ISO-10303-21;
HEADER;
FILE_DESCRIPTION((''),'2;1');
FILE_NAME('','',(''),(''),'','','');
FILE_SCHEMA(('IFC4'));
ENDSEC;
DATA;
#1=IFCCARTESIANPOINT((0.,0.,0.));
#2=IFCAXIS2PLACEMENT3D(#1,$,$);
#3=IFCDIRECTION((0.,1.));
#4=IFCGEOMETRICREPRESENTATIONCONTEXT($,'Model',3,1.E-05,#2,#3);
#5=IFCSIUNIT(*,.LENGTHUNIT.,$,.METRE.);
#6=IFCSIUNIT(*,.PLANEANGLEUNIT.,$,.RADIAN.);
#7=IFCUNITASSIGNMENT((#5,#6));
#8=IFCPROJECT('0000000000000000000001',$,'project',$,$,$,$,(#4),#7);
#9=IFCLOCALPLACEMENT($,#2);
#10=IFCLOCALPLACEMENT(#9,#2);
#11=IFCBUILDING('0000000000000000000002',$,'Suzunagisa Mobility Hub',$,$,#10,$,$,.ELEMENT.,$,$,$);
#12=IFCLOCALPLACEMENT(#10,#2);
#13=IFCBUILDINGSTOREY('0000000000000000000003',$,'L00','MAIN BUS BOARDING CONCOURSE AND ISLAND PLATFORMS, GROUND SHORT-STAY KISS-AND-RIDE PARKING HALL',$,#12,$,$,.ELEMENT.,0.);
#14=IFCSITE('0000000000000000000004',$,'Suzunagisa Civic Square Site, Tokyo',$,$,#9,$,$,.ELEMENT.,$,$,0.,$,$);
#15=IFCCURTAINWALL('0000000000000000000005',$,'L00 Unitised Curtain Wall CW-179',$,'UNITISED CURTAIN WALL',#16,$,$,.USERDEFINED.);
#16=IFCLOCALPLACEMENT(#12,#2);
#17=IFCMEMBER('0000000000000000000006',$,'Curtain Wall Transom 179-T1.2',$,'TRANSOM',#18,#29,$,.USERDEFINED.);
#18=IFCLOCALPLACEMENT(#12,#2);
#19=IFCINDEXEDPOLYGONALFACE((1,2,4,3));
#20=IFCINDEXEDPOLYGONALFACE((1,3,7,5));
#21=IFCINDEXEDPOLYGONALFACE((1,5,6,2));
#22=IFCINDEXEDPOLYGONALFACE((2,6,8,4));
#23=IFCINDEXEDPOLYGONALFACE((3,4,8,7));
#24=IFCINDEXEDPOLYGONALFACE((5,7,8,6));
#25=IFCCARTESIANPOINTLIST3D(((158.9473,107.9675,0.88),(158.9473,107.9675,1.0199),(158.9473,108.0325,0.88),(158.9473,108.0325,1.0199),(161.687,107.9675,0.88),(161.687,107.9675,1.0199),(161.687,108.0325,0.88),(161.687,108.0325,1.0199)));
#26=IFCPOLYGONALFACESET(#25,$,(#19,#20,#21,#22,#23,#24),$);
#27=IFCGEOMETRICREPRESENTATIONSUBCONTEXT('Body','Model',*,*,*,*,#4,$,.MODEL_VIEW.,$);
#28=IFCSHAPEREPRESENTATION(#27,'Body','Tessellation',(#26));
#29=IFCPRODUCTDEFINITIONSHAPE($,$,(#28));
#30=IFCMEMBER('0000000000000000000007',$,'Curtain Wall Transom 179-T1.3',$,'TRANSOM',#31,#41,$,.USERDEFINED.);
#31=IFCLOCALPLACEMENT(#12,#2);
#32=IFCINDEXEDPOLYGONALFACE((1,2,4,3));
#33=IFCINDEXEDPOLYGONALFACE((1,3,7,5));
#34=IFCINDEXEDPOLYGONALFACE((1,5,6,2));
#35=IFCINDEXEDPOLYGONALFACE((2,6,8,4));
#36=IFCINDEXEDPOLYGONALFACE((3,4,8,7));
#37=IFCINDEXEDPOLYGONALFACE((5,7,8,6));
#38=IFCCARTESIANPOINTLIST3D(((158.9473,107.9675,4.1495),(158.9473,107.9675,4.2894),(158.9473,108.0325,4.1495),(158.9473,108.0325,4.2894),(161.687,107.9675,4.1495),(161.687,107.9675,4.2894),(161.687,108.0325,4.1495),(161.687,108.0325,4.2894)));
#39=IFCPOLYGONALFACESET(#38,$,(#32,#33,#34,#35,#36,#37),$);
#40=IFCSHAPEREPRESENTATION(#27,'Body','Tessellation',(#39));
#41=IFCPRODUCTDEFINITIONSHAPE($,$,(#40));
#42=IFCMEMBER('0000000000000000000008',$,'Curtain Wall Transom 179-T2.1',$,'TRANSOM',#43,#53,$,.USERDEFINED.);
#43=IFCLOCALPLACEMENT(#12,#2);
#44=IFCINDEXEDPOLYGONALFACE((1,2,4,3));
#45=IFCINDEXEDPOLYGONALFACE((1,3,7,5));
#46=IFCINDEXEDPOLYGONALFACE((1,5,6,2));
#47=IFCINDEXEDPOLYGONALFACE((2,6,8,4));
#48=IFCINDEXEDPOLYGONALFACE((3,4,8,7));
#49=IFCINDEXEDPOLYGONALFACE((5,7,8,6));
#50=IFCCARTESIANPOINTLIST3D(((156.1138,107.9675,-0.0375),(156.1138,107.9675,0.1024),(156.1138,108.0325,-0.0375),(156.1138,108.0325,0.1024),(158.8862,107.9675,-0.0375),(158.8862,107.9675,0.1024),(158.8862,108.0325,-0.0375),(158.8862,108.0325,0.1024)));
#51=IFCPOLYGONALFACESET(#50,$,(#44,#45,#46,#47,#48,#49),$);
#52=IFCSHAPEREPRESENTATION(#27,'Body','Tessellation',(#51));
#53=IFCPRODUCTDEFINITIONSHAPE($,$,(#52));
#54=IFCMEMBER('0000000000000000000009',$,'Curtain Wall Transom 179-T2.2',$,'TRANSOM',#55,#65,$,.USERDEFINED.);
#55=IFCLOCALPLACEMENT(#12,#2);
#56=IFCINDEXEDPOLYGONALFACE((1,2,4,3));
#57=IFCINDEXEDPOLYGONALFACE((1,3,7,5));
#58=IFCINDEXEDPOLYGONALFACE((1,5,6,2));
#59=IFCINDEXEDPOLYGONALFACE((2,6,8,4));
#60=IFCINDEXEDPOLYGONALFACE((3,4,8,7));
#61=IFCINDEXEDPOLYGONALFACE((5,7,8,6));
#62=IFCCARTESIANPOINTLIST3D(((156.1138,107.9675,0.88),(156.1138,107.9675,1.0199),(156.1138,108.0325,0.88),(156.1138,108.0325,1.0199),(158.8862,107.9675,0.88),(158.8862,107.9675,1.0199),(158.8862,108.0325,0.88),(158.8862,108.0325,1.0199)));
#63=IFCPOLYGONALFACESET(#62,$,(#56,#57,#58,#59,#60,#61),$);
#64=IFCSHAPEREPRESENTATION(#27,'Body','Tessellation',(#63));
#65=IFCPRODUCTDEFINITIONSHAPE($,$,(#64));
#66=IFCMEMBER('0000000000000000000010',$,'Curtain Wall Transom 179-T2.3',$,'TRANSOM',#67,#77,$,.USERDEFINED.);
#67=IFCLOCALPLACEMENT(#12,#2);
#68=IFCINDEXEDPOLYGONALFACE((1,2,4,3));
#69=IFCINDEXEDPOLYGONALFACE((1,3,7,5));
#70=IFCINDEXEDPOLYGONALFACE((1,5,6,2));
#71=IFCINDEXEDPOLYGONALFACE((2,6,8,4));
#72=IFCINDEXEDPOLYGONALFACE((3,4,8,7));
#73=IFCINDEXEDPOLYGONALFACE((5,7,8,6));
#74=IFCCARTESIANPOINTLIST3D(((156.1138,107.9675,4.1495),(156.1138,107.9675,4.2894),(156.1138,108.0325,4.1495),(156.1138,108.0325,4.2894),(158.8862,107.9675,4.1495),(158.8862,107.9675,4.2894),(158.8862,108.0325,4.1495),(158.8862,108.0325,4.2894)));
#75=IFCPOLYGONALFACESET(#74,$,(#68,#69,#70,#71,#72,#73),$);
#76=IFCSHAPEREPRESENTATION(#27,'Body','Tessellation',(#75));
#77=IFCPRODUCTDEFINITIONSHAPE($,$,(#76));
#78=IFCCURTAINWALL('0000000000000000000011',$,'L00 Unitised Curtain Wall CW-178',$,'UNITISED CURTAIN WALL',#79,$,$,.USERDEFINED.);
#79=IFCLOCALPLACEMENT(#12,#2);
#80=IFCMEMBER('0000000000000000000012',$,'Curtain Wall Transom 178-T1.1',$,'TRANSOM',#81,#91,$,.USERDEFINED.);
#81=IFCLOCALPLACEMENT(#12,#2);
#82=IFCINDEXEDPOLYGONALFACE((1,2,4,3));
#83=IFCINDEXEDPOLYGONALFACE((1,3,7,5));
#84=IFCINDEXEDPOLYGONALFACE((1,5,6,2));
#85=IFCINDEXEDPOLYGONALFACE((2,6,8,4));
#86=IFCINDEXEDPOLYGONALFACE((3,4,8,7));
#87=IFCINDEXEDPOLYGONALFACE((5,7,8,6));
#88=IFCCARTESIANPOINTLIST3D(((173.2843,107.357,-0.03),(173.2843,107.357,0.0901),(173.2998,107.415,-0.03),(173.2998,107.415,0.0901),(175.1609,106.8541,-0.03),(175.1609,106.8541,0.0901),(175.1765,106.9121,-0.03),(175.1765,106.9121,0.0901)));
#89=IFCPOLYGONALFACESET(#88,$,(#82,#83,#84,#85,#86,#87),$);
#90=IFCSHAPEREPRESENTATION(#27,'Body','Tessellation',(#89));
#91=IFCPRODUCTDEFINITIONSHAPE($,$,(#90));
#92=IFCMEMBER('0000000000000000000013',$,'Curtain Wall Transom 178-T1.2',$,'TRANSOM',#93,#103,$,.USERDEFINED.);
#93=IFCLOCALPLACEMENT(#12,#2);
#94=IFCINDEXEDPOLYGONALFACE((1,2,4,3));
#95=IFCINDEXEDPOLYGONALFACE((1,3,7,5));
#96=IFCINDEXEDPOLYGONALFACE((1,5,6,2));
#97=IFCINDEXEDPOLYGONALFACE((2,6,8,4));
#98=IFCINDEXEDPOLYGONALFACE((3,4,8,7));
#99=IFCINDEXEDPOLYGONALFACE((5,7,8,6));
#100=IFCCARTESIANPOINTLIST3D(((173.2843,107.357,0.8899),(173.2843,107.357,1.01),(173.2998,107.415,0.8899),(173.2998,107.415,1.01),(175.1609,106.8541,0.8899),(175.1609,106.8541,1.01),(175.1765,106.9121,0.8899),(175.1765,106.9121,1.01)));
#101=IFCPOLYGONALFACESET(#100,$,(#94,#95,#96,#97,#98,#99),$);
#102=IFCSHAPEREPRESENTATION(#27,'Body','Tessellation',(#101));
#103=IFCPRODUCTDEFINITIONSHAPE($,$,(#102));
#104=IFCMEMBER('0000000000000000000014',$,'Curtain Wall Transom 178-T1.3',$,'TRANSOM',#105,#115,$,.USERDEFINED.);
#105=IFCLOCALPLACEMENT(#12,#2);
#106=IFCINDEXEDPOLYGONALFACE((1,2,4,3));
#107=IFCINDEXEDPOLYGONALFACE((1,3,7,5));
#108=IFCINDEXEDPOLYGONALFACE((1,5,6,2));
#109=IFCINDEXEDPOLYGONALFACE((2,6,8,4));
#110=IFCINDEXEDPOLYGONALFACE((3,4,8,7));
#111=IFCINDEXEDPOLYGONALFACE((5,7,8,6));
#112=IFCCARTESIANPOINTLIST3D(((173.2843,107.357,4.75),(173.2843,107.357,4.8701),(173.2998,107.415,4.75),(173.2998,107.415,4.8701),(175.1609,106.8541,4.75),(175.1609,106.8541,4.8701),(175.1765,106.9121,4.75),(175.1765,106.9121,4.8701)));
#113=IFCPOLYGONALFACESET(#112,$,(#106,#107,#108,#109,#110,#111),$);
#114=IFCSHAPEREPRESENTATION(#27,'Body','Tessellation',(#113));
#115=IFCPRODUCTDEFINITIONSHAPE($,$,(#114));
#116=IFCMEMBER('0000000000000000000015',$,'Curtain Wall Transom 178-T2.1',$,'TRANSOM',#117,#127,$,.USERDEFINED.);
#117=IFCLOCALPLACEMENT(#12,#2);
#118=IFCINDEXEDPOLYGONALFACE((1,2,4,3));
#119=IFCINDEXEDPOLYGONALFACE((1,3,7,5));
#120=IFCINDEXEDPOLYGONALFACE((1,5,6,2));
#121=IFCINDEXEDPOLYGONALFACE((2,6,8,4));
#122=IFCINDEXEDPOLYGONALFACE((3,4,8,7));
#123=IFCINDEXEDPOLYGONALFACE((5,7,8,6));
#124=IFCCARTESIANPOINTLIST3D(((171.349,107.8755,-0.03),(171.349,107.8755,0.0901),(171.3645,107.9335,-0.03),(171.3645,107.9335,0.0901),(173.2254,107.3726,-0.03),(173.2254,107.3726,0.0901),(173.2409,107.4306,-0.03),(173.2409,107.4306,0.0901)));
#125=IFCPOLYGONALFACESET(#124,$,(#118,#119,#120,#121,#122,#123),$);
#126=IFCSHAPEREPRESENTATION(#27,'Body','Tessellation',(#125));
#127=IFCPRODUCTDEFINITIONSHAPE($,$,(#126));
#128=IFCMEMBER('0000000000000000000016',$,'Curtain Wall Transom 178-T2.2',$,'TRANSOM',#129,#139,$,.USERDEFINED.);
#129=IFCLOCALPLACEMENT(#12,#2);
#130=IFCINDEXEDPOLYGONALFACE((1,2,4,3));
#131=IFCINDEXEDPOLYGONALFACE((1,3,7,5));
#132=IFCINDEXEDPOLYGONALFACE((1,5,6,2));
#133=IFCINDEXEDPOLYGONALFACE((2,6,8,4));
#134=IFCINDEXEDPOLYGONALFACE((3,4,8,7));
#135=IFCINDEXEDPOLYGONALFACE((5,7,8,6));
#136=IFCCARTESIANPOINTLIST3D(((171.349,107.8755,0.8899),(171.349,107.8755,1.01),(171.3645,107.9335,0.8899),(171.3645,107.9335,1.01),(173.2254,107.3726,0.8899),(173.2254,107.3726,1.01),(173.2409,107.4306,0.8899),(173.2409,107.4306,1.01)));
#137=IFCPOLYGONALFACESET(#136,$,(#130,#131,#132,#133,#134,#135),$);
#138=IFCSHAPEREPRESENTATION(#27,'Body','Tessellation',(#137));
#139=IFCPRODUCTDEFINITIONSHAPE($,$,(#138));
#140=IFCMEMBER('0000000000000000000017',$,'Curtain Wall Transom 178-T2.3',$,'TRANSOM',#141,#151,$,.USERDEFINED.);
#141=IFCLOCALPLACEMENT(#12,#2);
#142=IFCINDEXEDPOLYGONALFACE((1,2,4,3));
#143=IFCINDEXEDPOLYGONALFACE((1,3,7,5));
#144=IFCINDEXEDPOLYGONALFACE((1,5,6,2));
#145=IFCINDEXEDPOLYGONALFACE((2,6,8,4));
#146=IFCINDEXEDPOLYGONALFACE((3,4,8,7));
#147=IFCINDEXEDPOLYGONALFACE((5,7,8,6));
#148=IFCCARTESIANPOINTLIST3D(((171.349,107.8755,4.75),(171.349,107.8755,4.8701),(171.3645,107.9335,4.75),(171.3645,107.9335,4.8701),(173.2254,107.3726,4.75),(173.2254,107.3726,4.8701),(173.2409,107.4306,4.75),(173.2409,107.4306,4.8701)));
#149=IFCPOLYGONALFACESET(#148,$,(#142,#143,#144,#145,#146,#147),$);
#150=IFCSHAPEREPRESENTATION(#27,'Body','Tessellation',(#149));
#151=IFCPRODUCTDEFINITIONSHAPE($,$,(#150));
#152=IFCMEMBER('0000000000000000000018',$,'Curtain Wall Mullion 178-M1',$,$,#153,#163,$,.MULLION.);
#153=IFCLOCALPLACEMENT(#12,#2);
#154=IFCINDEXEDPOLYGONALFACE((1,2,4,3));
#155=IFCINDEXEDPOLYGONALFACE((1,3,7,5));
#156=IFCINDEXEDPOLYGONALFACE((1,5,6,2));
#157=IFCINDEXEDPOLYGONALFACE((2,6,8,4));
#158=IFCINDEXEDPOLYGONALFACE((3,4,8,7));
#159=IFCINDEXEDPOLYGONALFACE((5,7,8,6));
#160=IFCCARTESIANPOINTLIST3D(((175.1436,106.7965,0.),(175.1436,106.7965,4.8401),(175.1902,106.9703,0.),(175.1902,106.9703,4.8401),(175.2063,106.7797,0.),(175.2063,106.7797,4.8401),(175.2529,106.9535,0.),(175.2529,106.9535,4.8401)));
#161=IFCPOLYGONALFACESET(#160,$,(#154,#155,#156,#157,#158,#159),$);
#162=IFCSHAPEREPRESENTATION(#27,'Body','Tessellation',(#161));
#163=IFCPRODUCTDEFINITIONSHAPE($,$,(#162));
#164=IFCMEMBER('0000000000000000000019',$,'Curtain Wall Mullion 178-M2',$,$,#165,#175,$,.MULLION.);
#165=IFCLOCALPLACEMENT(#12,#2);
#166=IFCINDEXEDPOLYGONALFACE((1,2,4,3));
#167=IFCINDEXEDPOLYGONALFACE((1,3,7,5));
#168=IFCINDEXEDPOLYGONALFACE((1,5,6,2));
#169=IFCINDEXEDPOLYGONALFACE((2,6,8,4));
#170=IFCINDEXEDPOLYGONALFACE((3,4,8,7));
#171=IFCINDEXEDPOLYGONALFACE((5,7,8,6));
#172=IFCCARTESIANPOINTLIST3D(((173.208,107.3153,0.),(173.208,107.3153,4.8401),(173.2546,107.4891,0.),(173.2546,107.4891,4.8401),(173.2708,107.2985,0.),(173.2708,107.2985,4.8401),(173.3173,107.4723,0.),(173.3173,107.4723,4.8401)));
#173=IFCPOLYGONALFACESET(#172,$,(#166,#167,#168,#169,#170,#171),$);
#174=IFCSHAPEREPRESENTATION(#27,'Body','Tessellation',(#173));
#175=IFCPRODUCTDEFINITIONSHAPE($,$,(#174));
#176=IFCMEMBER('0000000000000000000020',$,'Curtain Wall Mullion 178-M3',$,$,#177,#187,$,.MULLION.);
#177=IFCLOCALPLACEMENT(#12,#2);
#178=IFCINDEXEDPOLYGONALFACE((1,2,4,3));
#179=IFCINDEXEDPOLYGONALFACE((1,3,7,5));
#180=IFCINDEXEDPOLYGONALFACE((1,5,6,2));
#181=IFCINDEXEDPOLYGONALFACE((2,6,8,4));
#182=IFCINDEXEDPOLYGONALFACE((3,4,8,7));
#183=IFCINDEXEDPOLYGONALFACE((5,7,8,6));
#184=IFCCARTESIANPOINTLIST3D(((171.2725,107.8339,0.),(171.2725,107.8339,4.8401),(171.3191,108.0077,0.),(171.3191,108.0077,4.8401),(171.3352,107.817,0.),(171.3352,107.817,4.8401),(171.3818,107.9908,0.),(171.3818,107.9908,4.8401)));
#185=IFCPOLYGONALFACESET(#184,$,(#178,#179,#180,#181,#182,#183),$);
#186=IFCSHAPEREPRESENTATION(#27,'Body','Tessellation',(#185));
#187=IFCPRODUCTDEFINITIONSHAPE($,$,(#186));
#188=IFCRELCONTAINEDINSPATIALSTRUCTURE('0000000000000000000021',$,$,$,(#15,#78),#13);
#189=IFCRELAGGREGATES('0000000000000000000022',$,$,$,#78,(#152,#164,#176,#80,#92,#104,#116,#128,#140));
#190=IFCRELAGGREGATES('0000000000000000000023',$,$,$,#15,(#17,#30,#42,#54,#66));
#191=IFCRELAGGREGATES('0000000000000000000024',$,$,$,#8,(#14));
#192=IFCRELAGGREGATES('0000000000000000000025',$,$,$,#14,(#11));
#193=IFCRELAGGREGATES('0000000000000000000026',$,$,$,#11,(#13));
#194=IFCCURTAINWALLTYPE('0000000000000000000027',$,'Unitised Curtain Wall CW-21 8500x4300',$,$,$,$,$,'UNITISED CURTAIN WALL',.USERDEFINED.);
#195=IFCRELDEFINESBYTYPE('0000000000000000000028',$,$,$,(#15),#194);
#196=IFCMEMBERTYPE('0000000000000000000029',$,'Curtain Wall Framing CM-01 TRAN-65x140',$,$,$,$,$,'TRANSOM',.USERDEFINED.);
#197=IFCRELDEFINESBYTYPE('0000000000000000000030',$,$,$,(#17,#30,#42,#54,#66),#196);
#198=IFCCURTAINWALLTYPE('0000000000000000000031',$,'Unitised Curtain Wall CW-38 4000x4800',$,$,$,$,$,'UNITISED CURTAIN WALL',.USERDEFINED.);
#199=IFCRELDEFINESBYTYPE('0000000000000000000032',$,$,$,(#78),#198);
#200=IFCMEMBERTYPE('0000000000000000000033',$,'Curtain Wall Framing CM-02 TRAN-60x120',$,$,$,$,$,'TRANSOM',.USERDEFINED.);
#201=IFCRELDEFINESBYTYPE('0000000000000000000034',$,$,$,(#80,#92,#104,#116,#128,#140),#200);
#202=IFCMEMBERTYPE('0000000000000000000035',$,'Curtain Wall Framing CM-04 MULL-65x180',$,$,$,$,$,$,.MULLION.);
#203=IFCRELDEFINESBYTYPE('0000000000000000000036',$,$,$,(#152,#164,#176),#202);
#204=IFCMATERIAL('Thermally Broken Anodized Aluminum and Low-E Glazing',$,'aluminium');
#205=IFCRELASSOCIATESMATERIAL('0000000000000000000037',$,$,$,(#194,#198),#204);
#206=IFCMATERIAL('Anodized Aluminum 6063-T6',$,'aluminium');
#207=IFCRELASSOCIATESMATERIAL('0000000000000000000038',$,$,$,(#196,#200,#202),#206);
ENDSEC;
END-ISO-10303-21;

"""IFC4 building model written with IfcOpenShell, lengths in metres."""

from ifc_helpers import new_model, si_unit, direction, frame, origin, origin_2d, place, context, subcontext, project, spatial, rectangle, extrude, material, material_profile, profile_set, type_object, element, aggregate, save


model = new_model("IFC4")

# Units and contexts
model_context = context("Model", 3, precision=1e-05, world=origin(), true_north=direction((0.0, 1.0)))
body_context = subcontext(model_context, "Body", "Model", "MODEL_VIEW")
ifc_project = project(units=[si_unit("LENGTHUNIT", "METRE"), si_unit("PLANEANGLEUNIT", "RADIAN")], contexts=[model_context])

# Site, building, storey
site_placement = place(None, origin())
site = spatial("IfcSite", under=ifc_project, at=site_placement, Name="Suzunagisa Civic Square Site, Tokyo", CompositionType="ELEMENT", RefElevation=0.0)
building_placement = place(site_placement, origin())
building = spatial("IfcBuilding", under=site, at=building_placement, Name="Suzunagisa Mobility Hub", CompositionType="ELEMENT")
storey_placement = place(building_placement, origin())
storey = spatial("IfcBuildingStorey", under=building, at=storey_placement, Name="L00", Description="MAIN BUS BOARDING CONCOURSE AND ISLAND PLATFORMS, GROUND SHORT-STAY KISS-AND-RIDE PARKING HALL", CompositionType="ELEMENT", Elevation=0.0)

# Curtain walls, members
ifc_material_1 = material(Name="Thermally Broken Anodized Aluminum and Low-E Glazing", Category="aluminium")
curtain_wall_type_1 = type_object("IfcCurtainWallType", Name="Unitised Curtain Wall CW-21 8500x4300", ElementType="UNITISED CURTAIN WALL", PredefinedType="USERDEFINED", material=ifc_material_1)
curtain_wall_1_placement = place(storey_placement, origin())
curtain_wall_1 = element("IfcCurtainWall", 1, at=curtain_wall_1_placement, inside=storey, type_object=curtain_wall_type_1, Name="L00 Unitised Curtain Wall CW-179", ObjectType="UNITISED CURTAIN WALL", PredefinedType="USERDEFINED")
ifc_material_2 = material(Name="Anodized Aluminum 6063-T6", Category="aluminium")
ifc_material_profile_1 = material_profile(ifc_material_2, rectangle(XDim=0.0649, YDim=0.1399, at=origin_2d()), Name="TRAN-65x140")
ifc_profile_set_1 = profile_set([ifc_material_profile_1], Name="Anodized Aluminum 6063-T6")
member_type_1 = type_object("IfcMemberType", Name="Curtain Wall Framing CM-01 TRAN-65x140", ElementType="TRANSOM", PredefinedType="USERDEFINED", material=ifc_profile_set_1)
member_1_placement = place(storey_placement, frame((161.687, 108.0, 0.95), z_axis=(-1.0, 0.0, 0.0), x_axis=(0.0, -1.0, 0.0)))
member_1 = element("IfcMember", 2, at=member_1_placement, type_object=member_type_1, Name="Curtain Wall Transom 179-T1.2", ObjectType="TRANSOM", PredefinedType="USERDEFINED", context=body_context, shape_type="SweptSolid", body=[
    extrude(rectangle(XDim=0.0649, YDim=0.1399, at=origin_2d()), origin(), (0.0, 0.0, 1.0), 2.7397),
])
member_2_placement = place(storey_placement, frame((161.687, 108.0, 4.2195), z_axis=(-1.0, 0.0, 0.0), x_axis=(0.0, -1.0, 0.0)))
member_2 = element("IfcMember", 3, at=member_2_placement, type_object=member_type_1, Name="Curtain Wall Transom 179-T1.3", ObjectType="TRANSOM", PredefinedType="USERDEFINED", context=body_context, shape_type="SweptSolid", body=[
    extrude(rectangle(XDim=0.0649, YDim=0.1399, at=origin_2d()), origin(), (0.0, 0.0, 1.0), 2.7397),
])
member_3_placement = place(storey_placement, frame((158.8862, 108.0, 0.0325), z_axis=(-1.0, 0.0, 0.0), x_axis=(0.0, -1.0, 0.0)))
member_3 = element("IfcMember", 4, at=member_3_placement, type_object=member_type_1, Name="Curtain Wall Transom 179-T2.1", ObjectType="TRANSOM", PredefinedType="USERDEFINED", context=body_context, shape_type="SweptSolid", body=[
    extrude(rectangle(XDim=0.0649, YDim=0.1399, at=origin_2d()), origin(), (0.0, 0.0, 1.0), 2.7725),
])
member_4_placement = place(storey_placement, frame((158.8862, 108.0, 0.95), z_axis=(-1.0, 0.0, 0.0), x_axis=(0.0, -1.0, 0.0)))
member_4 = element("IfcMember", 5, at=member_4_placement, type_object=member_type_1, Name="Curtain Wall Transom 179-T2.2", ObjectType="TRANSOM", PredefinedType="USERDEFINED", context=body_context, shape_type="SweptSolid", body=[
    extrude(rectangle(XDim=0.0649, YDim=0.1399, at=origin_2d()), origin(), (0.0, 0.0, 1.0), 2.7725),
])
member_5_placement = place(storey_placement, frame((158.8862, 108.0, 4.2195), z_axis=(-1.0, 0.0, 0.0), x_axis=(0.0, -1.0, 0.0)))
member_5 = element("IfcMember", 6, at=member_5_placement, type_object=member_type_1, Name="Curtain Wall Transom 179-T2.3", ObjectType="TRANSOM", PredefinedType="USERDEFINED", context=body_context, shape_type="SweptSolid", body=[
    extrude(rectangle(XDim=0.0649, YDim=0.1399, at=origin_2d()), origin(), (0.0, 0.0, 1.0), 2.7725),
])
curtain_wall_type_2 = type_object("IfcCurtainWallType", Name="Unitised Curtain Wall CW-38 4000x4800", ElementType="UNITISED CURTAIN WALL", PredefinedType="USERDEFINED", material=ifc_material_1)
curtain_wall_2_placement = place(storey_placement, origin())
curtain_wall_2 = element("IfcCurtainWall", 7, at=curtain_wall_2_placement, inside=storey, type_object=curtain_wall_type_2, Name="L00 Unitised Curtain Wall CW-178", ObjectType="UNITISED CURTAIN WALL", PredefinedType="USERDEFINED")
ifc_material_profile_2 = material_profile(ifc_material_2, rectangle(XDim=0.0601, YDim=0.1201, at=origin_2d()), Name="TRAN-60x120")
ifc_profile_set_2 = profile_set([ifc_material_profile_2], Name="Anodized Aluminum 6063-T6")
member_type_2 = type_object("IfcMemberType", Name="Curtain Wall Framing CM-02 TRAN-60x120", ElementType="TRANSOM", PredefinedType="USERDEFINED", material=ifc_profile_set_2)
member_6_placement = place(storey_placement, frame((175.1687, 106.8831, 0.03), z_axis=(-0.965917, 0.258851, 0.0), x_axis=(-0.258851, -0.965917, 0.0)))
member_6 = element("IfcMember", 8, at=member_6_placement, type_object=member_type_2, Name="Curtain Wall Transom 178-T1.1", ObjectType="TRANSOM", PredefinedType="USERDEFINED", context=body_context, shape_type="SweptSolid", body=[
    extrude(rectangle(XDim=0.0601, YDim=0.1201, at=origin_2d()), origin(), (0.0, 0.0, 1.0), 1.9429),
])
member_7_placement = place(storey_placement, frame((175.1687, 106.8831, 0.95), z_axis=(-0.965917, 0.258851, 0.0), x_axis=(-0.258851, -0.965917, 0.0)))
member_7 = element("IfcMember", 9, at=member_7_placement, type_object=member_type_2, Name="Curtain Wall Transom 178-T1.2", ObjectType="TRANSOM", PredefinedType="USERDEFINED", context=body_context, shape_type="SweptSolid", body=[
    extrude(rectangle(XDim=0.0601, YDim=0.1201, at=origin_2d()), origin(), (0.0, 0.0, 1.0), 1.9429),
])
member_8_placement = place(storey_placement, frame((175.1687, 106.8831, 4.8101), z_axis=(-0.965917, 0.258851, 0.0), x_axis=(-0.258851, -0.965917, 0.0)))
member_8 = element("IfcMember", 10, at=member_8_placement, type_object=member_type_2, Name="Curtain Wall Transom 178-T1.3", ObjectType="TRANSOM", PredefinedType="USERDEFINED", context=body_context, shape_type="SweptSolid", body=[
    extrude(rectangle(XDim=0.0601, YDim=0.1201, at=origin_2d()), origin(), (0.0, 0.0, 1.0), 1.9429),
])
member_9_placement = place(storey_placement, frame((173.2332, 107.4016, 0.03), z_axis=(-0.965909, 0.258883, 0.0), x_axis=(-0.258883, -0.965909, 0.0)))
member_9 = element("IfcMember", 11, at=member_9_placement, type_object=member_type_2, Name="Curtain Wall Transom 178-T2.1", ObjectType="TRANSOM", PredefinedType="USERDEFINED", context=body_context, shape_type="SweptSolid", body=[
    extrude(rectangle(XDim=0.0601, YDim=0.1201, at=origin_2d()), origin(), (0.0, 0.0, 1.0), 1.9426),
])
member_10_placement = place(storey_placement, frame((173.2332, 107.4016, 0.95), z_axis=(-0.965909, 0.258883, 0.0), x_axis=(-0.258883, -0.965909, 0.0)))
member_10 = element("IfcMember", 12, at=member_10_placement, type_object=member_type_2, Name="Curtain Wall Transom 178-T2.2", ObjectType="TRANSOM", PredefinedType="USERDEFINED", context=body_context, shape_type="SweptSolid", body=[
    extrude(rectangle(XDim=0.0601, YDim=0.1201, at=origin_2d()), origin(), (0.0, 0.0, 1.0), 1.9426),
])
member_11_placement = place(storey_placement, frame((173.2332, 107.4016, 4.8101), z_axis=(-0.965909, 0.258883, 0.0), x_axis=(-0.258883, -0.965909, 0.0)))
member_11 = element("IfcMember", 13, at=member_11_placement, type_object=member_type_2, Name="Curtain Wall Transom 178-T2.3", ObjectType="TRANSOM", PredefinedType="USERDEFINED", context=body_context, shape_type="SweptSolid", body=[
    extrude(rectangle(XDim=0.0601, YDim=0.1201, at=origin_2d()), origin(), (0.0, 0.0, 1.0), 1.9426),
])
ifc_material_profile_3 = material_profile(ifc_material_2, rectangle(XDim=0.0649, YDim=0.1799, at=origin_2d()), Name="MULL-65x180")
ifc_profile_set_3 = profile_set([ifc_material_profile_3], Name="Anodized Aluminum 6063-T6")
member_type_3 = type_object("IfcMemberType", Name="Curtain Wall Framing CM-04 MULL-65x180", PredefinedType="MULLION", material=ifc_profile_set_3)
member_12_placement = place(storey_placement, frame((175.1982, 106.875, 0.0), z_axis=(0.0, 0.0, 1.0), x_axis=(-0.965923, 0.258829, 0.0)))
member_12 = element("IfcMember", 14, at=member_12_placement, type_object=member_type_3, Name="Curtain Wall Mullion 178-M1", PredefinedType="MULLION", context=body_context, shape_type="SweptSolid", body=[
    extrude(rectangle(XDim=0.0649, YDim=0.1799, at=origin_2d()), origin(), (0.0, 0.0, 1.0), 4.8401),
])
member_13_placement = place(storey_placement, frame((173.2627, 107.3938, 0.0), z_axis=(0.0, 0.0, 1.0), x_axis=(-0.965923, 0.258829, 0.0)))
member_13 = element("IfcMember", 15, at=member_13_placement, type_object=member_type_3, Name="Curtain Wall Mullion 178-M2", PredefinedType="MULLION", context=body_context, shape_type="SweptSolid", body=[
    extrude(rectangle(XDim=0.0649, YDim=0.1799, at=origin_2d()), origin(), (0.0, 0.0, 1.0), 4.8401),
])
member_14_placement = place(storey_placement, frame((171.3271, 107.9124, 0.0), z_axis=(0.0, 0.0, 1.0), x_axis=(-0.965923, 0.258829, 0.0)))
member_14 = element("IfcMember", 16, at=member_14_placement, type_object=member_type_3, Name="Curtain Wall Mullion 178-M3", PredefinedType="MULLION", context=body_context, shape_type="SweptSolid", body=[
    extrude(rectangle(XDim=0.0649, YDim=0.1799, at=origin_2d()), origin(), (0.0, 0.0, 1.0), 4.8401),
])

aggregate(curtain_wall_2, [member_12, member_13, member_14, member_6, member_7, member_8, member_9, member_10, member_11])
aggregate(curtain_wall_1, [member_1, member_2, member_3, member_4, member_5])

save(model, "model.ifc")
